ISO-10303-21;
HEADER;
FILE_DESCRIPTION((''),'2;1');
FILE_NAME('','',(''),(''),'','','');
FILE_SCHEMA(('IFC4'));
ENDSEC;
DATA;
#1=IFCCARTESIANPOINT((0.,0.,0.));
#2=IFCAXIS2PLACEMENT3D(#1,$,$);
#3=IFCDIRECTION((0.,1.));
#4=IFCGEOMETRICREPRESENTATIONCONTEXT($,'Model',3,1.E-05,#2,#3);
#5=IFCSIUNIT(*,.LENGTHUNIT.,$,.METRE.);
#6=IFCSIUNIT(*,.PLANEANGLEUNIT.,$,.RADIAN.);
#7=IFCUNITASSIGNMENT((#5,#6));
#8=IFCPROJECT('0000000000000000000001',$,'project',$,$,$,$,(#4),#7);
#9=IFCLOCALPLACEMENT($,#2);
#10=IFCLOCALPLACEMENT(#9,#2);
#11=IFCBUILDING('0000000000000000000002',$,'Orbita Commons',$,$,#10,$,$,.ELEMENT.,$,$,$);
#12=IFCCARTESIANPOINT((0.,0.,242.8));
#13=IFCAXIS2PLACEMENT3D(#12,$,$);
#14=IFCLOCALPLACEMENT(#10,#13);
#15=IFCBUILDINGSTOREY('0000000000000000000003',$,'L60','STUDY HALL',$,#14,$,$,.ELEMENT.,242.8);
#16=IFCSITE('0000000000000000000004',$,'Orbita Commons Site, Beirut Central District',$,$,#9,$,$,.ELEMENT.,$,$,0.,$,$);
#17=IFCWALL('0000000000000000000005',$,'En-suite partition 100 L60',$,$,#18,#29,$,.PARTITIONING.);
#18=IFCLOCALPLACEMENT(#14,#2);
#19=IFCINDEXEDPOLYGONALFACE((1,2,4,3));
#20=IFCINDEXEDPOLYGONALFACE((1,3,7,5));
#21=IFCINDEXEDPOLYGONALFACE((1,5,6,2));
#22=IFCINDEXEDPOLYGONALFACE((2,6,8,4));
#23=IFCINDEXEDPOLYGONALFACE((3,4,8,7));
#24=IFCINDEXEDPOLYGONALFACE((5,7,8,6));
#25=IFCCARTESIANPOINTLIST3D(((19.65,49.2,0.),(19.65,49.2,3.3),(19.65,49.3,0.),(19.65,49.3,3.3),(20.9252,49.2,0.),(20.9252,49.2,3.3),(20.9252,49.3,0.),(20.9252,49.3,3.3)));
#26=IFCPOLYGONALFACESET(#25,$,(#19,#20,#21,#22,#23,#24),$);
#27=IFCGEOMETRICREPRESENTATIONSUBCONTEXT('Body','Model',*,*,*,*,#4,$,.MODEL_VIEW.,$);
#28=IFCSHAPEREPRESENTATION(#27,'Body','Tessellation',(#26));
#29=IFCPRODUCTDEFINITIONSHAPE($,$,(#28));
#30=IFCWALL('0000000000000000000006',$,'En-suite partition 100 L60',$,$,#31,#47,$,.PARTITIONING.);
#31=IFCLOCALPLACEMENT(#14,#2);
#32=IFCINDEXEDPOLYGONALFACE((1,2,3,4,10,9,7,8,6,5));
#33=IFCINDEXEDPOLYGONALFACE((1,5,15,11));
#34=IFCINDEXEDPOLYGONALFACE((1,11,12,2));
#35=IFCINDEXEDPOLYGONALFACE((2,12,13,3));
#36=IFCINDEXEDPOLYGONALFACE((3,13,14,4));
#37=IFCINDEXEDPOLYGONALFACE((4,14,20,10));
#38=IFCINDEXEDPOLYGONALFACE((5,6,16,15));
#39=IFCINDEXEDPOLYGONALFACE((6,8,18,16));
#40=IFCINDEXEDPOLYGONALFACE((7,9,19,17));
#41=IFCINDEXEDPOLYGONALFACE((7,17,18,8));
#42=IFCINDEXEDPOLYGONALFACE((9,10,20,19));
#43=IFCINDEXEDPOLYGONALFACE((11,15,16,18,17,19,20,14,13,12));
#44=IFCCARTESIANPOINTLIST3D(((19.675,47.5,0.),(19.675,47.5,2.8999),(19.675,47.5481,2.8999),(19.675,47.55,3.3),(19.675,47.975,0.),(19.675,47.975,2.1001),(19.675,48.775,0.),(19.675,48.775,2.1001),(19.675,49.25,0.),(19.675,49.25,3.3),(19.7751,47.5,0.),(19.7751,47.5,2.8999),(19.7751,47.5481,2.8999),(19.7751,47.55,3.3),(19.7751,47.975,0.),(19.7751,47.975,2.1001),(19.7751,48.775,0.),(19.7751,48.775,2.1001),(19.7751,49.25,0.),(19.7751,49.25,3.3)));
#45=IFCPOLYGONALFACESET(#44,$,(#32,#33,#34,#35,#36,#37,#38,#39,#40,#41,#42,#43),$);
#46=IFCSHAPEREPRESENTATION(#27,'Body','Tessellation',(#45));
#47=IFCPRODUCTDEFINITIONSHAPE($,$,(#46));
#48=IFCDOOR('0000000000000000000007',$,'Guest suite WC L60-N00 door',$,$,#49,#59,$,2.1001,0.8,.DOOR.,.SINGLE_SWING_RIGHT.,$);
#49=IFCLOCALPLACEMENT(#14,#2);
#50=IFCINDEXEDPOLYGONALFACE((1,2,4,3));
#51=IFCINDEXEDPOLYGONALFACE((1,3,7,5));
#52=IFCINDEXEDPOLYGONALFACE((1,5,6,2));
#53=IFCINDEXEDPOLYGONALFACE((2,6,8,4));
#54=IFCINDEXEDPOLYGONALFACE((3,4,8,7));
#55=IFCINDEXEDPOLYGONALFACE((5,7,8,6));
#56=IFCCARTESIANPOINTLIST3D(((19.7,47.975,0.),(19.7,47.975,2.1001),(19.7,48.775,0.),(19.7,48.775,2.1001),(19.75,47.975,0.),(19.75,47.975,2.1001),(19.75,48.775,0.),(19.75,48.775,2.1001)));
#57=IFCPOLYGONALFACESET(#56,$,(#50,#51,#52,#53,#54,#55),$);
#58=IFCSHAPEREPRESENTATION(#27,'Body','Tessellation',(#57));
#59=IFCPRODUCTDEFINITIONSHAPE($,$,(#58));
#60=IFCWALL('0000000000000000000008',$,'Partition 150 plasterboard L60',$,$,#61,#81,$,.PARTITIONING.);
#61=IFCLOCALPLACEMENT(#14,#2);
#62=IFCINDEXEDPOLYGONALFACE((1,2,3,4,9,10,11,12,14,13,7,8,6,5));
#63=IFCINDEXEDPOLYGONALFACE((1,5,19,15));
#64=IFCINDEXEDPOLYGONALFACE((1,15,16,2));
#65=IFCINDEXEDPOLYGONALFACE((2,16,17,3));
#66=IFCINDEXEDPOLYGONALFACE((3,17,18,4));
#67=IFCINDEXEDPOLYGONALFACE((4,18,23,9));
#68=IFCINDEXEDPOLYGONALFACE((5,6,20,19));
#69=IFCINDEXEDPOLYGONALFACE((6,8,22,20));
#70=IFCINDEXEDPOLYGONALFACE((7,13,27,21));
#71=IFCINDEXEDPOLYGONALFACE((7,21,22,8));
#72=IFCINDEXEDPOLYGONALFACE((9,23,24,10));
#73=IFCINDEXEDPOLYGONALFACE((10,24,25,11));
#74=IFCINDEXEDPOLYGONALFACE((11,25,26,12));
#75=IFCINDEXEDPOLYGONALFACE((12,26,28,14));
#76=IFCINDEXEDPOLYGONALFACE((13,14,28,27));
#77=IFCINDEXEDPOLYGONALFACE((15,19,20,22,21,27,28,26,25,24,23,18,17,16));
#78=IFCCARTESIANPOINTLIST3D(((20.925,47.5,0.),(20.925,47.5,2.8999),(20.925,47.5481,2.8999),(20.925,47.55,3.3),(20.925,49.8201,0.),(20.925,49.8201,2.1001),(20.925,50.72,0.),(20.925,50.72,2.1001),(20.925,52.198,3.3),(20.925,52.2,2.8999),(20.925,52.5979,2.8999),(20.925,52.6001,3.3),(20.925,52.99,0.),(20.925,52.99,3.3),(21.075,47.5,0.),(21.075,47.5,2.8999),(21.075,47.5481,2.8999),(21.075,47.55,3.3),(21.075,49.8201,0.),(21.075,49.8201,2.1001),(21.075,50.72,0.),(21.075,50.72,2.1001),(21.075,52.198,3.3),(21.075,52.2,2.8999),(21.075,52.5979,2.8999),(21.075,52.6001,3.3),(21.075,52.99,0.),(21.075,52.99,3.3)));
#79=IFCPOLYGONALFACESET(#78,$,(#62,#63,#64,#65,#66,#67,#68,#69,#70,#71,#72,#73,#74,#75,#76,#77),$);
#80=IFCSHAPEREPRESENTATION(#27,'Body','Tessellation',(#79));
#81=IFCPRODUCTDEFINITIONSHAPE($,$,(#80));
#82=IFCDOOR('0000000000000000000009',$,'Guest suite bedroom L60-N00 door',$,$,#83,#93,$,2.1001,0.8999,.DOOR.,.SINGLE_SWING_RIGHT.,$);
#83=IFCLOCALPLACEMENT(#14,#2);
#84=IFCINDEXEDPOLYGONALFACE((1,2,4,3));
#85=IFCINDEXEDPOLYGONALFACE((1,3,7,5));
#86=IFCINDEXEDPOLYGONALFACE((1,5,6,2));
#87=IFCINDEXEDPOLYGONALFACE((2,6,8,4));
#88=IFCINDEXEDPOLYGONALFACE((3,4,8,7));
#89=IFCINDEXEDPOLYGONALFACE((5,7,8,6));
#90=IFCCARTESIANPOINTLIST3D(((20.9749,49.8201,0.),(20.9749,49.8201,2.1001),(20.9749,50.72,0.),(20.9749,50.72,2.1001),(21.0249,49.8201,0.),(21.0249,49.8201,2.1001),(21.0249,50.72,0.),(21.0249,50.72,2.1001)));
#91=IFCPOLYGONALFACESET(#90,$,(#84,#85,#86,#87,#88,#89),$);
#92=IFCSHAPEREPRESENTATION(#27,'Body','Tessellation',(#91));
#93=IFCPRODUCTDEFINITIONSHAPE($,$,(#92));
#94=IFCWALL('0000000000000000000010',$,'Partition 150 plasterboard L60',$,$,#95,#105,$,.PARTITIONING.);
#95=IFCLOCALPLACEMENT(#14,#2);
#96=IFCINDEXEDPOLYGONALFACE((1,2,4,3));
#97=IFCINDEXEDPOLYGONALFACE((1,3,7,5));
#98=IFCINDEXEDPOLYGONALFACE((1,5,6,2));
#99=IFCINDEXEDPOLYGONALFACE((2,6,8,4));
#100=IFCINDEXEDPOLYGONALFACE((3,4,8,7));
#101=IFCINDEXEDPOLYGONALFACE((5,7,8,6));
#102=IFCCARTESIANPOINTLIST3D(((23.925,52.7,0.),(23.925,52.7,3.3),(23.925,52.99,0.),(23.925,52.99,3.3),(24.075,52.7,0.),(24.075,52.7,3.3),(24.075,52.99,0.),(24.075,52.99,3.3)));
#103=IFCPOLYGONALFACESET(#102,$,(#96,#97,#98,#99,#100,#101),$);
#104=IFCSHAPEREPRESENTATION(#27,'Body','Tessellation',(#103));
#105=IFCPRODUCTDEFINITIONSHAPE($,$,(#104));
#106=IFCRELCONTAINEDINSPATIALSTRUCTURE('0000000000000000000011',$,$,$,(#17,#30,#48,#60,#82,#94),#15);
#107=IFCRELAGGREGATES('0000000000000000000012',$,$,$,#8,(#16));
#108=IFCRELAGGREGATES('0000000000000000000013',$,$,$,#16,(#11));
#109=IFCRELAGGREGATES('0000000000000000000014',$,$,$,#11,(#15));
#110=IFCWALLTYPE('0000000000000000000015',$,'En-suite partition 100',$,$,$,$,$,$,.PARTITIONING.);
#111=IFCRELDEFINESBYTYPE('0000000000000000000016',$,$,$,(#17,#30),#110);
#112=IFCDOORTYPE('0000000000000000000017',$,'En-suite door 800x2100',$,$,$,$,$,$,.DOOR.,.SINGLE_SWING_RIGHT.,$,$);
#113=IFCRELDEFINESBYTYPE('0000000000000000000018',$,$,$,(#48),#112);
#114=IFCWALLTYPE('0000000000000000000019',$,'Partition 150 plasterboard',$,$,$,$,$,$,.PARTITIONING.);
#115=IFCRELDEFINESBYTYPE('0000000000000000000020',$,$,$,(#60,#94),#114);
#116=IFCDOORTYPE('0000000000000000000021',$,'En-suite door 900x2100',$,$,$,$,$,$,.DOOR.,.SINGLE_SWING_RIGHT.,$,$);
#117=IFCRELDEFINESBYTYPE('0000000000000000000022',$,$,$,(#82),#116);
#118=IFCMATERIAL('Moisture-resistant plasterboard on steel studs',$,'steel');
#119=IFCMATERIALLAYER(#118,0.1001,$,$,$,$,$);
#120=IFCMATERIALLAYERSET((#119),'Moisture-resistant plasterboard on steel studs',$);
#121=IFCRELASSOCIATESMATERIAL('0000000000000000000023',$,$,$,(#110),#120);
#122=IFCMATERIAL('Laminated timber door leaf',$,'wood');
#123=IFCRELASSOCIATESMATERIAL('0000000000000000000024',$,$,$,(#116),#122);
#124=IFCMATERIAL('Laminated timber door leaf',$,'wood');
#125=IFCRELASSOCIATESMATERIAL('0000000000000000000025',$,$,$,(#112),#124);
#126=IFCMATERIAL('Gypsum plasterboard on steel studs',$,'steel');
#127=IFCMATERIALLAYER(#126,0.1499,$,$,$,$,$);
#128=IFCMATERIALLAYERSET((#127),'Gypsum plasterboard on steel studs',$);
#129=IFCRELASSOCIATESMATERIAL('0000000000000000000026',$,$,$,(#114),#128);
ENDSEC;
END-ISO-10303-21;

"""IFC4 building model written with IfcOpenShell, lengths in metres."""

from ifc_helpers import new_model, si_unit, direction, frame, frame_2d, origin, place, context, subcontext, project, spatial, polyline, rectangle, outline, extrude, material, layer, layer_set, type_object, element, fill, save


model = new_model("IFC4")

# Units and contexts
model_context = context("Model", 3, precision=1e-05, world=origin(), true_north=direction((0.0, 1.0)))
body_context = subcontext(model_context, "Body", "Model", "MODEL_VIEW")
ifc_project = project(units=[si_unit("LENGTHUNIT", "METRE"), si_unit("PLANEANGLEUNIT", "RADIAN")], contexts=[model_context])

# Site, building, storey
site_placement = place(None, origin())
site = spatial("IfcSite", under=ifc_project, at=site_placement, Name="Orbita Commons Site, Beirut Central District", CompositionType="ELEMENT", RefElevation=0.0)
building_placement = place(site_placement, origin())
building = spatial("IfcBuilding", under=site, at=building_placement, Name="Orbita Commons", CompositionType="ELEMENT")
storey_placement = place(building_placement, frame((0.0, 0.0, 242.8)))
storey = spatial("IfcBuildingStorey", under=building, at=storey_placement, Name="L60", Description="STUDY HALL", CompositionType="ELEMENT", Elevation=242.8)

# Shared definitions
ifc_material_1 = material(Name="Moisture-resistant plasterboard on steel studs", Category="steel")
ifc_layer_1 = layer(ifc_material_1, 0.1001)
ifc_layer_set_1 = layer_set([ifc_layer_1], Name="Moisture-resistant plasterboard on steel studs")
wall_type_1 = type_object("IfcWallType", Name="En-suite partition 100", PredefinedType="PARTITIONING", material=ifc_layer_set_1)
ifc_material_2 = material(Name="Laminated timber door leaf", Category="wood")
door_type_1 = type_object("IfcDoorType", Name="En-suite door 900x2100", OperationType="SINGLE_SWING_RIGHT", PredefinedType="DOOR", material=ifc_material_2)

# Wall
wall_1_placement = place(storey_placement, frame((19.6499, 49.25, 0.0), z_axis=(0.0, 0.0, 1.0), x_axis=(1.0, 0.0, 0.0)))
element("IfcWall", 1, at=wall_1_placement, inside=storey, type_object=wall_type_1, Name="En-suite partition 100 L60", PredefinedType="PARTITIONING", context=body_context, shape_type="SweptSolid", body=[
    extrude(rectangle(XDim=1.2751, YDim=0.1001, at=frame_2d((0.6377, 0.0))), origin(), (0.0, 0.0, 1.0), 3.3),
])

# Walls, openings, doors
wall_2_placement = place(storey_placement, frame((19.7251, 49.25, 0.0), z_axis=(0.0, 0.0, 1.0), x_axis=(0.0, -1.0, 0.0)))
wall_2 = element("IfcWall", 2, at=wall_2_placement, inside=storey, type_object=wall_type_1, Name="En-suite partition 100 L60", PredefinedType="PARTITIONING", context=body_context, shape_type="SweptSolid", body=[
    extrude(outline(polyline([(0.0, 0.0), (1.75, 0.0), (1.75, 2.8999), (1.7019, 2.8999), (1.7, 3.3), (0.0, 3.3), (0.0, 0.0)])), frame((0.0, 0.05, 0.0), z_axis=(0.0, -1.0, 0.0), x_axis=(1.0, 0.0, 0.0)), (0.0, 0.0, 1.0), 0.1001),
])
opening_1_placement = place(wall_2_placement, frame((0.4751, 0.0, 0.0)))
opening_1 = element("IfcOpeningElement", 3, at=opening_1_placement, cuts=wall_2, PredefinedType="OPENING", context=body_context, shape_type="SweptSolid", body=[
    extrude(rectangle(XDim=0.8, YDim=2.1001, at=frame_2d((0.3999, 1.05))), frame((0.0, 0.0601, 0.0), z_axis=(0.0, -1.0, 0.0), x_axis=(1.0, 0.0, 0.0)), (0.0, 0.0, 1.0), 0.1201),
])
ifc_material_3 = material(Name="Laminated timber door leaf", Category="wood")
door_type_2 = type_object("IfcDoorType", Name="En-suite door 800x2100", OperationType="SINGLE_SWING_RIGHT", PredefinedType="DOOR", material=ifc_material_3)
door_1_placement = place(opening_1_placement, origin())
door_1 = element("IfcDoor", 4, at=door_1_placement, inside=storey, type_object=door_type_2, Name="Guest suite WC L60-N00 door", OperationType="SINGLE_SWING_RIGHT", OverallHeight=2.1001, OverallWidth=0.8, PredefinedType="DOOR", context=body_context, shape_type="SweptSolid", body=[
    extrude(rectangle(XDim=0.8, YDim=2.1001, at=frame_2d((0.3999, 1.05))), frame((0.0, 0.0249, 0.0), z_axis=(0.0, -1.0, 0.0), x_axis=(1.0, 0.0, 0.0)), (0.0, 0.0, 1.0), 0.05),
])
fill(opening_1, door_1)
ifc_material_4 = material(Name="Gypsum plasterboard on steel studs", Category="steel")
ifc_layer_2 = layer(ifc_material_4, 0.1499)
ifc_layer_set_2 = layer_set([ifc_layer_2], Name="Gypsum plasterboard on steel studs")
wall_type_2 = type_object("IfcWallType", Name="Partition 150 plasterboard", PredefinedType="PARTITIONING", material=ifc_layer_set_2)
wall_3_placement = place(storey_placement, frame((21.0, 52.99, 0.0), z_axis=(0.0, 0.0, 1.0), x_axis=(0.0, -1.0, 0.0)))
wall_3 = element("IfcWall", 5, at=wall_3_placement, inside=storey, type_object=wall_type_2, Name="Partition 150 plasterboard L60", PredefinedType="PARTITIONING", context=body_context, shape_type="SweptSolid", body=[
    extrude(outline(polyline([(0.0, 0.0), (5.49, 0.0), (5.49, 2.8999), (5.4419, 2.8999), (5.4399, 3.3), (0.792, 3.3), (0.79, 2.8999), (0.3921, 2.8999), (0.3899, 3.3), (0.0, 3.3), (0.0, 0.0)])), frame((0.0, 0.075, 0.0), z_axis=(0.0, -1.0, 0.0), x_axis=(1.0, 0.0, 0.0)), (0.0, 0.0, 1.0), 0.1499),
])
opening_2_placement = place(wall_3_placement, frame((2.27, 0.0, 0.0)))
opening_2 = element("IfcOpeningElement", 6, at=opening_2_placement, cuts=wall_3, PredefinedType="OPENING", context=body_context, shape_type="SweptSolid", body=[
    extrude(rectangle(XDim=0.8999, YDim=2.1001, at=frame_2d((0.45, 1.05))), frame((0.0, 0.085, 0.0), z_axis=(0.0, -1.0, 0.0), x_axis=(1.0, 0.0, 0.0)), (0.0, 0.0, 1.0), 0.1699),
])
door_2_placement = place(opening_2_placement, origin())
door_2 = element("IfcDoor", 7, at=door_2_placement, inside=storey, type_object=door_type_1, Name="Guest suite bedroom L60-N00 door", OperationType="SINGLE_SWING_RIGHT", OverallHeight=2.1001, OverallWidth=0.8999, PredefinedType="DOOR", context=body_context, shape_type="SweptSolid", body=[
    extrude(rectangle(XDim=0.8999, YDim=2.1001, at=frame_2d((0.45, 1.05))), frame((0.0, 0.0249, 0.0), z_axis=(0.0, -1.0, 0.0), x_axis=(1.0, 0.0, 0.0)), (0.0, 0.0, 1.0), 0.05),
])
fill(opening_2, door_2)

# Wall
wall_4_placement = place(storey_placement, frame((24.0, 52.7, 0.0), z_axis=(0.0, 0.0, 1.0), x_axis=(0.0, 1.0, 0.0)))
element("IfcWall", 8, at=wall_4_placement, inside=storey, type_object=wall_type_2, Name="Partition 150 plasterboard L60", PredefinedType="PARTITIONING", context=body_context, shape_type="SweptSolid", body=[
    extrude(rectangle(XDim=0.29, YDim=0.1499, at=frame_2d((0.145, 0.0))), origin(), (0.0, 0.0, 1.0), 3.3),
])

save(model, "model.ifc")
